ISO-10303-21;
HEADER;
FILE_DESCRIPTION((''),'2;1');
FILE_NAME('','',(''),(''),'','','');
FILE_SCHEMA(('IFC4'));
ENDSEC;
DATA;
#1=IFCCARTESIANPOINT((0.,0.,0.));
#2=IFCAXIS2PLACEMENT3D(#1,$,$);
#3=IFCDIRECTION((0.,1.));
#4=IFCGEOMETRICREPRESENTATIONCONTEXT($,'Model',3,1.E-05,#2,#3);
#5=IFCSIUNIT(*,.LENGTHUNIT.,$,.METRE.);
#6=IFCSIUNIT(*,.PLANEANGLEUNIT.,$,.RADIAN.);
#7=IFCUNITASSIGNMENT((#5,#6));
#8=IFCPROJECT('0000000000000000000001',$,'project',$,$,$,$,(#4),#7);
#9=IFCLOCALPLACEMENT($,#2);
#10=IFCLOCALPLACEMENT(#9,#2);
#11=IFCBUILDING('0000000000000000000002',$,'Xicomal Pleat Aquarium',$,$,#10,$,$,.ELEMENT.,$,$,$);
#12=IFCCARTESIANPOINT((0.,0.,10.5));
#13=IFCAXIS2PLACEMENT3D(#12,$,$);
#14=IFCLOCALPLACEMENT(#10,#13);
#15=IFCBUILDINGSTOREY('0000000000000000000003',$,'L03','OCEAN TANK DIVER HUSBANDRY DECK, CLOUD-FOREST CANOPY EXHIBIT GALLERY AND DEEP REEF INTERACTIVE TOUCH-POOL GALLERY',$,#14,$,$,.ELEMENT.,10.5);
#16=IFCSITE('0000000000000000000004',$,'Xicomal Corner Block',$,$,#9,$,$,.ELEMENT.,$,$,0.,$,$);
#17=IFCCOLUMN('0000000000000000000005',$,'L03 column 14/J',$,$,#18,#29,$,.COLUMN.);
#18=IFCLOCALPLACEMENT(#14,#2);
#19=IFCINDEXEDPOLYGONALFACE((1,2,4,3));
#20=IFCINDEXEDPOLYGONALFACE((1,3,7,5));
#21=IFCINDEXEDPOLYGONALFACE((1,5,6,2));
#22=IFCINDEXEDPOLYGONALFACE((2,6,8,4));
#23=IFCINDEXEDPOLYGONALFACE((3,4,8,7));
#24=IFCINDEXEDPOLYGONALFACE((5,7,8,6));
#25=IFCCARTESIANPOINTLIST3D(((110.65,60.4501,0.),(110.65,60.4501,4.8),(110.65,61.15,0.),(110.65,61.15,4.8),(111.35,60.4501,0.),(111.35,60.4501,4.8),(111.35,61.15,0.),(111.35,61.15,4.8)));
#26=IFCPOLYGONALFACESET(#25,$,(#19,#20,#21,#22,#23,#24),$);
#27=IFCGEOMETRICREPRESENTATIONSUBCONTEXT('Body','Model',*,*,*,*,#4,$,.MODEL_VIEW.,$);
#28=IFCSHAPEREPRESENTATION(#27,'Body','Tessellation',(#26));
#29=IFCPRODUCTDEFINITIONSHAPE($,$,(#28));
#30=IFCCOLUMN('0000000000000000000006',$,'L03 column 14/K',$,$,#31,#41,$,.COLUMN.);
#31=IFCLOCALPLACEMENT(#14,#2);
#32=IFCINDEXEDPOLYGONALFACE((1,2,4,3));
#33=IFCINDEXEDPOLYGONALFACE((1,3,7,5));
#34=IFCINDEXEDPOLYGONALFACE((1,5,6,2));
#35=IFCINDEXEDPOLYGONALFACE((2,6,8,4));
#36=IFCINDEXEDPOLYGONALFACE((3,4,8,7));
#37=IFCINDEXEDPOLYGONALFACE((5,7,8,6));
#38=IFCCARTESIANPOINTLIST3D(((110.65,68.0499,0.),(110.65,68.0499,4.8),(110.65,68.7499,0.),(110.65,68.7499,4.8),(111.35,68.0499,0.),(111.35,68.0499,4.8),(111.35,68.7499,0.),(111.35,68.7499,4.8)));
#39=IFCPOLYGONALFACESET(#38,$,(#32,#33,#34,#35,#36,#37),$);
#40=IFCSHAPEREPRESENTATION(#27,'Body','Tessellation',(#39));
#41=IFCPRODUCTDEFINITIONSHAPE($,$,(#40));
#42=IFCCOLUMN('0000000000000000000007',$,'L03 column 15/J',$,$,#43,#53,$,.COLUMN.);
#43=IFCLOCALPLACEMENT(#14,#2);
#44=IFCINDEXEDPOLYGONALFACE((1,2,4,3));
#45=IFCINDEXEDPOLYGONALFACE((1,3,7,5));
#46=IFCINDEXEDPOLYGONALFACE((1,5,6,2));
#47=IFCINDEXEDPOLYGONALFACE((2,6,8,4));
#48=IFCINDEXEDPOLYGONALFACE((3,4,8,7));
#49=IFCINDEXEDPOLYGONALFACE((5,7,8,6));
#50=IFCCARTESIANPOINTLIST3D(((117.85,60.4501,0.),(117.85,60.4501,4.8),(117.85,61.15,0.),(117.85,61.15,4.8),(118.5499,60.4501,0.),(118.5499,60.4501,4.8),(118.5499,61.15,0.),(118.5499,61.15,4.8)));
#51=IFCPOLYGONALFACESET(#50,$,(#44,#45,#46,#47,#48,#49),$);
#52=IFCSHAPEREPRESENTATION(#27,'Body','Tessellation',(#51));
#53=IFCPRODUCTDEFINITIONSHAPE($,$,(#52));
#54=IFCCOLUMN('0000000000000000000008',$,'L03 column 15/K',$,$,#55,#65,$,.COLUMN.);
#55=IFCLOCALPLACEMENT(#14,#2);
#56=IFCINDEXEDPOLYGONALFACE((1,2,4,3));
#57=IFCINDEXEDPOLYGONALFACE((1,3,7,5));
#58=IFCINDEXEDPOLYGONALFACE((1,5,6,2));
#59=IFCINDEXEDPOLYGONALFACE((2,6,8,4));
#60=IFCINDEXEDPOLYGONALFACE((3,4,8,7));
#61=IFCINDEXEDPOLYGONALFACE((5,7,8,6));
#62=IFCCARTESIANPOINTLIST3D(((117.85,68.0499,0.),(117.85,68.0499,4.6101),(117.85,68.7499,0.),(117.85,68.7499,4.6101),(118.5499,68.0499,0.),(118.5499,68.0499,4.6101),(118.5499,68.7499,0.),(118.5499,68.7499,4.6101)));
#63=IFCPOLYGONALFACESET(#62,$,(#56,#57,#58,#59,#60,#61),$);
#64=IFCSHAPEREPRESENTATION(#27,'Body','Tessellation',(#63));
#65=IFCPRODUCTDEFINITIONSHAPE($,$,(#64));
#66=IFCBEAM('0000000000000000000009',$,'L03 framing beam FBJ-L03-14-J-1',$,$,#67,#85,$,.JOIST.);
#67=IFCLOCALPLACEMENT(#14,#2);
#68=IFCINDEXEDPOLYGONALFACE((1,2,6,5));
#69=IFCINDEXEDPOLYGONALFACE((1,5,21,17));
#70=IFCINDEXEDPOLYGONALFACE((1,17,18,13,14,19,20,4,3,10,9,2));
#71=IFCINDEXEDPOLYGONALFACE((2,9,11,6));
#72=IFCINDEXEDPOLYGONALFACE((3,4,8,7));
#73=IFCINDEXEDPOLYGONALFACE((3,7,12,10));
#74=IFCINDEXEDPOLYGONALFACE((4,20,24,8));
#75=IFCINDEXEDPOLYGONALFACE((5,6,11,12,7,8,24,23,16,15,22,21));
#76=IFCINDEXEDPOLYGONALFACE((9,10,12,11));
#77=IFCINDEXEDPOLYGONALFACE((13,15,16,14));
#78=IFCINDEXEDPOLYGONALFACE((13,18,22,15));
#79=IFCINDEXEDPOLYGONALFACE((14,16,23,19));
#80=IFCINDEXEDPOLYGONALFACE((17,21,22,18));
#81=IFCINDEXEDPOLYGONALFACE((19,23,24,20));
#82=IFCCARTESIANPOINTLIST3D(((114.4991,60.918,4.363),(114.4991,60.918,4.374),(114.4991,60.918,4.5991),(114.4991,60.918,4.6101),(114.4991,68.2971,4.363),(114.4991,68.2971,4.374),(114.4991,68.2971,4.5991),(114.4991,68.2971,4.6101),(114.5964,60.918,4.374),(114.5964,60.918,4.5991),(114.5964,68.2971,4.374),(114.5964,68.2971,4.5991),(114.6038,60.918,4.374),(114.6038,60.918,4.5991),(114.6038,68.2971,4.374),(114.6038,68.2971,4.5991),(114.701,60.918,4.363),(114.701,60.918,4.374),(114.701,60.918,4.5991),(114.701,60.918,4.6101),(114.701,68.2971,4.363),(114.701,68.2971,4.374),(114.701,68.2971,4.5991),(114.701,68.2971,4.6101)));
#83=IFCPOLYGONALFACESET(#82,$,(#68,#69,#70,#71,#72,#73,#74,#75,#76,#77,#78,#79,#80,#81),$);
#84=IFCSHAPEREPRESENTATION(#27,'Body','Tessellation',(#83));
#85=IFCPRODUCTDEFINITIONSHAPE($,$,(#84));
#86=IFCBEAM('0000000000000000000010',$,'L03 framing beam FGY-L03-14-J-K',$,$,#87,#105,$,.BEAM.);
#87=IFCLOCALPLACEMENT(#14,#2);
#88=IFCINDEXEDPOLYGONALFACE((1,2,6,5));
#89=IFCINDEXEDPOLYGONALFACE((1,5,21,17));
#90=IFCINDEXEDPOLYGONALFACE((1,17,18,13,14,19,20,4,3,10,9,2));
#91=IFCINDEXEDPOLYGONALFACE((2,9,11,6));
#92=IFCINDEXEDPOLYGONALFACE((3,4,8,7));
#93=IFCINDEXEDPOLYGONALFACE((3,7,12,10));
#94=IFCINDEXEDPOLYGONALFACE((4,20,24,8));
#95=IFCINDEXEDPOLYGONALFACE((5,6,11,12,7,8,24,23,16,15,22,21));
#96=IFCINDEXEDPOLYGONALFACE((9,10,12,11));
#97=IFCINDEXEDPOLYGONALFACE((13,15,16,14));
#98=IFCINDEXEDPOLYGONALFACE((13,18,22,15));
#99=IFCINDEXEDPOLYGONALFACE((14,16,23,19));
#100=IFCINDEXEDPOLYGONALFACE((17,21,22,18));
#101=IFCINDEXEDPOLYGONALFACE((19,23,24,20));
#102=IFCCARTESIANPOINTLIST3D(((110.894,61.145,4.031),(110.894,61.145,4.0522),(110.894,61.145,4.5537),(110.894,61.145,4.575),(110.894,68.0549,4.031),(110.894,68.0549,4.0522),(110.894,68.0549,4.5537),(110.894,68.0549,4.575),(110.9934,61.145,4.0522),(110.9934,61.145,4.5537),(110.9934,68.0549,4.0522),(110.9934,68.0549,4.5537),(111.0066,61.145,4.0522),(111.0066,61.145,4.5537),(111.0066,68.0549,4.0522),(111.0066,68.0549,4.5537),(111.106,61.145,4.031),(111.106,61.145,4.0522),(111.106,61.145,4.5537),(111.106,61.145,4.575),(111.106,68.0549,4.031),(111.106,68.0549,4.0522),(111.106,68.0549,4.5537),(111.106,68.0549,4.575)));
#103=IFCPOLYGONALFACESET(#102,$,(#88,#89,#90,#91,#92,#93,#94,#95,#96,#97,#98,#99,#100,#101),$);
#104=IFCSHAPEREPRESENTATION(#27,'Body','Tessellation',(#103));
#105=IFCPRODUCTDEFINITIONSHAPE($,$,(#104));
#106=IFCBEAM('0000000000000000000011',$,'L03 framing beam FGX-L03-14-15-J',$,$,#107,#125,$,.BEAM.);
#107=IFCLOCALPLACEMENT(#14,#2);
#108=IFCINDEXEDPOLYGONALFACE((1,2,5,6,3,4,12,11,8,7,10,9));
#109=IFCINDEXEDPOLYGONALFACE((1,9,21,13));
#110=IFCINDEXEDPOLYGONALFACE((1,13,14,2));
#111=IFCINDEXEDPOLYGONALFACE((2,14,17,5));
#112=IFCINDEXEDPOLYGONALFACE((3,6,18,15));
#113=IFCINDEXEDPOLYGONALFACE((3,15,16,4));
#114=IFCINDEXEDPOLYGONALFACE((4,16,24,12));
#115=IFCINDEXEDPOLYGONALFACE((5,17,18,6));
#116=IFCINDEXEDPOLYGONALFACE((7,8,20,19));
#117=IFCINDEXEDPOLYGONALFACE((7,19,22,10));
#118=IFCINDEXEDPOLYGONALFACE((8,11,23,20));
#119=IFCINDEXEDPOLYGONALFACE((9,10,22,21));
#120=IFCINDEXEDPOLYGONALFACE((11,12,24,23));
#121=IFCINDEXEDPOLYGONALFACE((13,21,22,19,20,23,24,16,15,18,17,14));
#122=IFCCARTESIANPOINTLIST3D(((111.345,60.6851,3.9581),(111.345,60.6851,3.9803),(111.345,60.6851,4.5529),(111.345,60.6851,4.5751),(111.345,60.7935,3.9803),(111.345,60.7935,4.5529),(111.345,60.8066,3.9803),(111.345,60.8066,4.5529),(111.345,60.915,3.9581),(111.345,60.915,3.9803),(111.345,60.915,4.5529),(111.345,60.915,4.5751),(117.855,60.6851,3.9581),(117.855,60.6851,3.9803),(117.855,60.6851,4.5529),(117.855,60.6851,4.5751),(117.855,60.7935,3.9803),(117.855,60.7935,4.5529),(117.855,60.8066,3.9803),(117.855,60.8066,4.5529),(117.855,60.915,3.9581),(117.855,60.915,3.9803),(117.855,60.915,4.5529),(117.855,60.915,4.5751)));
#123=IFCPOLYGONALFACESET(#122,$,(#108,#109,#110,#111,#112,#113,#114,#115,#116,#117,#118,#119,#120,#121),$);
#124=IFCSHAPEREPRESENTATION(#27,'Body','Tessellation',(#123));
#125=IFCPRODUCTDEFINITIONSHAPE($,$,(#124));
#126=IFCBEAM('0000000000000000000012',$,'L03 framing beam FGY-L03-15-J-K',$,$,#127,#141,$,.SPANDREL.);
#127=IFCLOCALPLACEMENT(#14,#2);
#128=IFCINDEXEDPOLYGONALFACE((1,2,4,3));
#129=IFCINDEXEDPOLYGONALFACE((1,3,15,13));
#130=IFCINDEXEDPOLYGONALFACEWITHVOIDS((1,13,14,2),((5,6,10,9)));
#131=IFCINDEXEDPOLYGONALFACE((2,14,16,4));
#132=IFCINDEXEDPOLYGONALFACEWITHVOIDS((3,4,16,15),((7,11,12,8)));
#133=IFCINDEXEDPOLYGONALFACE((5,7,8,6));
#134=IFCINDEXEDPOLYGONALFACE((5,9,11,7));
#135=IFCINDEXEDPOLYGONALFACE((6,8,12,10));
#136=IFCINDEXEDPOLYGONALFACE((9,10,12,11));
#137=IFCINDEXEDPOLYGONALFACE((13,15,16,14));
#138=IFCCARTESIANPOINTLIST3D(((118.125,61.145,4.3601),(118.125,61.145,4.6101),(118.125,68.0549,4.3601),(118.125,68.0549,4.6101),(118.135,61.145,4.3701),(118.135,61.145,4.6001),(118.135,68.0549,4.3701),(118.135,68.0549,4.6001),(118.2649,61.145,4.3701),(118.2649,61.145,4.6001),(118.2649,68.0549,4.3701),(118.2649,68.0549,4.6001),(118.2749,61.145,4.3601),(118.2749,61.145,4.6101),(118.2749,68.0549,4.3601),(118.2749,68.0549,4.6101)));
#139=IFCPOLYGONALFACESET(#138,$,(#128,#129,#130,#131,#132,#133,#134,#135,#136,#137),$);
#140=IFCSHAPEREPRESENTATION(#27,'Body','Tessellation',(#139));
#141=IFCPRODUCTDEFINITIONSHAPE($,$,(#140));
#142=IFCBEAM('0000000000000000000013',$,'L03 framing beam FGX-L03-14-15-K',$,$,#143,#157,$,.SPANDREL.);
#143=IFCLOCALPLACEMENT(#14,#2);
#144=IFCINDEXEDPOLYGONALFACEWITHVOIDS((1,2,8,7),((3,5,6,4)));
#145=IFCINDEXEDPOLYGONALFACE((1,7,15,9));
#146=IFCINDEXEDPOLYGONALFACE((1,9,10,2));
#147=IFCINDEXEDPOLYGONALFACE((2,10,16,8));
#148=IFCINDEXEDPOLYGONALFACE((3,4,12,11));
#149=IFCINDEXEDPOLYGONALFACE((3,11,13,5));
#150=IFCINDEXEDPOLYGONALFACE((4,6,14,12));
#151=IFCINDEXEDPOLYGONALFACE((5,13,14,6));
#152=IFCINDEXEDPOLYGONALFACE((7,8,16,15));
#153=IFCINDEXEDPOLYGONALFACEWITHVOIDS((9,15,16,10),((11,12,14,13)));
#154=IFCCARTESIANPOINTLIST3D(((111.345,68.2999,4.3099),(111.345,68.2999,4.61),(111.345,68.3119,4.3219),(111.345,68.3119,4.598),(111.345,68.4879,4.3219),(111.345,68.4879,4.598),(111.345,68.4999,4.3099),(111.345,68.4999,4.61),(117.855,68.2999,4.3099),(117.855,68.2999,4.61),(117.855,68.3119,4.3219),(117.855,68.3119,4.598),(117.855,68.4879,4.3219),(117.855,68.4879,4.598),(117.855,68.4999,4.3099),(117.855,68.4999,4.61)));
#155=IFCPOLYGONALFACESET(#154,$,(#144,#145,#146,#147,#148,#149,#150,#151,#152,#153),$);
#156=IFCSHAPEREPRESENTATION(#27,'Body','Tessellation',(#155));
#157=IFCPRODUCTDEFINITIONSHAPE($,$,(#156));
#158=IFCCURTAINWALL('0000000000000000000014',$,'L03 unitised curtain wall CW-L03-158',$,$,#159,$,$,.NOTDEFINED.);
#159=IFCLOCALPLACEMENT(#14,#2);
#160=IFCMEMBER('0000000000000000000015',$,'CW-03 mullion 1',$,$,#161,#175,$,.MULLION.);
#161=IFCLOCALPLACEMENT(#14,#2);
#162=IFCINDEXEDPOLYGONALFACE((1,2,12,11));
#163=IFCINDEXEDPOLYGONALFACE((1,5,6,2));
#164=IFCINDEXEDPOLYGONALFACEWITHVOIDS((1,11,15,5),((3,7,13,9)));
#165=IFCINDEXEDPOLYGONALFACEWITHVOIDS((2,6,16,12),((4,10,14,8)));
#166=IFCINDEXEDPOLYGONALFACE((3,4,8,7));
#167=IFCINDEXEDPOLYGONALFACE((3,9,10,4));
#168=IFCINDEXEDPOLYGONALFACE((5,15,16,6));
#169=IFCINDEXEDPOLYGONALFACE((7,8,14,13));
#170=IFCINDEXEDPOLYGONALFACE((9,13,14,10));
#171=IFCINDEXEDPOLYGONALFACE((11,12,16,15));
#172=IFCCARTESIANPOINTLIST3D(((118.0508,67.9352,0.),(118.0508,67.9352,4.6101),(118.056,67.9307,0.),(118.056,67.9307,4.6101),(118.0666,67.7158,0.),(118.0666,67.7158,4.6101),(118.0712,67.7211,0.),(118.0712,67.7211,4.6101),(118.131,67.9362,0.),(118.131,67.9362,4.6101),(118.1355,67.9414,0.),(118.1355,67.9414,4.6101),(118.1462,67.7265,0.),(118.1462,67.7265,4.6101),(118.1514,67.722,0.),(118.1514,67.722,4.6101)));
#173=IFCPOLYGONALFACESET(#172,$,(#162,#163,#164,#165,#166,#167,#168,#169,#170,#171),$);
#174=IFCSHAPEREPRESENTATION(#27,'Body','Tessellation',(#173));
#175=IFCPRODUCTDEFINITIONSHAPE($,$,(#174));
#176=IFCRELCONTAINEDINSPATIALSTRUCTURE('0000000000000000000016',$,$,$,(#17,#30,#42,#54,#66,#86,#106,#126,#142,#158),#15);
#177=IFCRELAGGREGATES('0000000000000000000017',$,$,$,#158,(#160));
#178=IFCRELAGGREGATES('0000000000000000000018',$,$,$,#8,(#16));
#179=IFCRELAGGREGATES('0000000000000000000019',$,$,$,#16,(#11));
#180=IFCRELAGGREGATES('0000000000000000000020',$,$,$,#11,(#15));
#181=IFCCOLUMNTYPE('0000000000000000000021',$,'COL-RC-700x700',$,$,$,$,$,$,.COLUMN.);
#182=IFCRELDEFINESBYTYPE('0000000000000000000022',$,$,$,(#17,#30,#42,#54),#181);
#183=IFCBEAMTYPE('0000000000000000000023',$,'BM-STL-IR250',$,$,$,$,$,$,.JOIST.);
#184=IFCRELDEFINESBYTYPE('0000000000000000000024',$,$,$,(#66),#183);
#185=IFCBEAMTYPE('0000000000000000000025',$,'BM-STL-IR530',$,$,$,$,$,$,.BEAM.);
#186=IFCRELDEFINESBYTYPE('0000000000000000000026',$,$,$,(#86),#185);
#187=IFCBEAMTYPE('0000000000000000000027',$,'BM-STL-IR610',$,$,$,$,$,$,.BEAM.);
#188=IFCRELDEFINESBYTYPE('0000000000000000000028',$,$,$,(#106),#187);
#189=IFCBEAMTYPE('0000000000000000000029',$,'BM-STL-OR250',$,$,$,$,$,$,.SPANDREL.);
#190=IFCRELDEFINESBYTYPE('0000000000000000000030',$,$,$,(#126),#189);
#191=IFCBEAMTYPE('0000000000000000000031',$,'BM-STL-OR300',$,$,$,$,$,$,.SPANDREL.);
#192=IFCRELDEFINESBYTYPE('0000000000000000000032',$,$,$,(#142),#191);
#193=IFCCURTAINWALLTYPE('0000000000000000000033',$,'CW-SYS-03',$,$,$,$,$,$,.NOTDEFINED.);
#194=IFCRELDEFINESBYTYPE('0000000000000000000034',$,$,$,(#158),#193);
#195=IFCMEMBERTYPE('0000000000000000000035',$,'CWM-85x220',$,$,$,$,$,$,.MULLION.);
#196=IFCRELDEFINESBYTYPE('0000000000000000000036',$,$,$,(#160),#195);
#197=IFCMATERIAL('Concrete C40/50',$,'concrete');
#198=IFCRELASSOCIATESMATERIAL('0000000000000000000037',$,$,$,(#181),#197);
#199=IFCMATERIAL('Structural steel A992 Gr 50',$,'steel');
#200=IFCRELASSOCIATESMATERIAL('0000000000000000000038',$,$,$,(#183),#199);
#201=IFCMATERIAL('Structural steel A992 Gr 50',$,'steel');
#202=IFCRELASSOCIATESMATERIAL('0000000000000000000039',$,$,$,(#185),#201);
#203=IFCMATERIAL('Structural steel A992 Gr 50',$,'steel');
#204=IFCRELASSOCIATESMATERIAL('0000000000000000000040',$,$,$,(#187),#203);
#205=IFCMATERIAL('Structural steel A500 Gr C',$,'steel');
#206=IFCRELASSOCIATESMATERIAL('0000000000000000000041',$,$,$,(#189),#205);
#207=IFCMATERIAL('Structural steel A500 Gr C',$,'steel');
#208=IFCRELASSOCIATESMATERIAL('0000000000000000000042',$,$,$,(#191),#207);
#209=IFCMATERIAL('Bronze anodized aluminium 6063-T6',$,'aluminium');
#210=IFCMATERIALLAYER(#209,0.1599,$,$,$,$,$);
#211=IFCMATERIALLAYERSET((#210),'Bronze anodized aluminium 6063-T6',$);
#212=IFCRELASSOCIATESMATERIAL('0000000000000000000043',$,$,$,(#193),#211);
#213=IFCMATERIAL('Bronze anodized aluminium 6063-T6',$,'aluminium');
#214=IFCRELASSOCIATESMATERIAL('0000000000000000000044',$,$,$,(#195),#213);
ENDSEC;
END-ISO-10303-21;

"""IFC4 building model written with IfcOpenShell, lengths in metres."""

from ifc_helpers import new_model, si_unit, direction, frame, origin, origin_2d, place, context, subcontext, project, spatial, rectangle, hollow_rectangle, i_section, extrude, material, layer, layer_set, material_profile, profile_set, type_object, element, aggregate, save


model = new_model("IFC4")

# Units and contexts
model_context = context("Model", 3, precision=1e-05, world=origin(), true_north=direction((0.0, 1.0)))
body_context = subcontext(model_context, "Body", "Model", "MODEL_VIEW")
ifc_project = project(units=[si_unit("LENGTHUNIT", "METRE"), si_unit("PLANEANGLEUNIT", "RADIAN")], contexts=[model_context])

# Site, building, storey
site_placement = place(None, origin())
site = spatial("IfcSite", under=ifc_project, at=site_placement, Name="Xicomal Corner Block", CompositionType="ELEMENT", RefElevation=0.0)
building_placement = place(site_placement, origin())
building = spatial("IfcBuilding", under=site, at=building_placement, Name="Xicomal Pleat Aquarium", CompositionType="ELEMENT")
storey_placement = place(building_placement, frame((0.0, 0.0, 10.5)))
storey = spatial("IfcBuildingStorey", under=building, at=storey_placement, Name="L03", Description="OCEAN TANK DIVER HUSBANDRY DECK, CLOUD-FOREST CANOPY EXHIBIT GALLERY AND DEEP REEF INTERACTIVE TOUCH-POOL GALLERY", CompositionType="ELEMENT", Elevation=10.5)

# Columns
ifc_material_1 = material(Name="Concrete C40/50", Category="concrete")
ifc_material_profile_1 = material_profile(ifc_material_1, rectangle(XDim=0.7, YDim=0.7, at=origin_2d()), Name="RC 700x700")
ifc_profile_set_1 = profile_set([ifc_material_profile_1], Name="Concrete C40/50")
column_type = type_object("IfcColumnType", Name="COL-RC-700x700", PredefinedType="COLUMN", material=ifc_profile_set_1)
for number, where, z_axis, x_axis, name in (
    (1, (111.0, 60.8, 0.0), (0.0, 0.0, 1.0), (1.0, 0.0, 0.0), "L03 column 14/J"),
    (2, (111.0, 68.3999, 0.0), (0.0, 0.0, 1.0), (1.0, 0.0, 0.0), "L03 column 14/K"),
    (3, (118.2, 60.8, 0.0), (0.0, 0.0, 1.0), (1.0, 0.0, 0.0), "L03 column 15/J"),
):
    element("IfcColumn", number, at=place(storey_placement, frame(where, z_axis=z_axis, x_axis=x_axis)), inside=storey, type_object=column_type, Name=name, PredefinedType="COLUMN", context=body_context, shape_type="SweptSolid", body=[
        extrude(rectangle(XDim=0.7, YDim=0.7, at=origin_2d()), origin(), (0.0, 0.0, 1.0), 4.8),
    ])
column_placement = place(storey_placement, frame((118.2, 68.3999, 0.0), z_axis=(0.0, 0.0, 1.0), x_axis=(1.0, 0.0, 0.0)))
element("IfcColumn", 4, at=column_placement, inside=storey, type_object=column_type, Name="L03 column 15/K", PredefinedType="COLUMN", context=body_context, shape_type="SweptSolid", body=[
    extrude(rectangle(XDim=0.7, YDim=0.7, at=origin_2d()), origin(), (0.0, 0.0, 1.0), 4.6101),
])

# Beams
ifc_material_2 = material(Name="Structural steel A992 Gr 50", Category="steel")
ifc_material_profile_2 = material_profile(ifc_material_2, i_section(OverallWidth=0.2019, OverallDepth=0.2471, WebThickness=0.0073, FlangeThickness=0.011, at=origin_2d()), Name="IR 250x49")
ifc_profile_set_2 = profile_set([ifc_material_profile_2], Name="Structural steel A992 Gr 50")
beam_type_1 = type_object("IfcBeamType", Name="BM-STL-IR250", PredefinedType="JOIST", material=ifc_profile_set_2)
beam_1_placement = place(storey_placement, frame((114.6001, 60.918, 4.4866), z_axis=(0.0, 1.0, 0.0), x_axis=(-1.0, 0.0, 0.0)))
element("IfcBeam", 5, at=beam_1_placement, inside=storey, type_object=beam_type_1, Name="L03 framing beam FBJ-L03-14-J-1", PredefinedType="JOIST", context=body_context, shape_type="SweptSolid", body=[
    extrude(i_section(OverallWidth=0.2019, OverallDepth=0.2471, WebThickness=0.0073, FlangeThickness=0.011, at=origin_2d()), origin(), (0.0, 0.0, 1.0), 7.3792),
])
ifc_material_3 = material(Name="Structural steel A992 Gr 50", Category="steel")
ifc_material_profile_3 = material_profile(ifc_material_3, i_section(OverallWidth=0.2119, OverallDepth=0.5439, WebThickness=0.0132, FlangeThickness=0.0212, at=origin_2d()), Name="IR 530x123")
ifc_profile_set_3 = profile_set([ifc_material_profile_3], Name="Structural steel A992 Gr 50")
beam_type_2 = type_object("IfcBeamType", Name="BM-STL-IR530", PredefinedType="BEAM", material=ifc_profile_set_3)
beam_2_placement = place(storey_placement, frame((111.0, 61.145, 4.303), z_axis=(0.0, 1.0, 0.0), x_axis=(-1.0, 0.0, 0.0)))
element("IfcBeam", 6, at=beam_2_placement, inside=storey, type_object=beam_type_2, Name="L03 framing beam FGY-L03-14-J-K", PredefinedType="BEAM", context=body_context, shape_type="SweptSolid", body=[
    extrude(i_section(OverallWidth=0.2119, OverallDepth=0.5439, WebThickness=0.0132, FlangeThickness=0.0212, at=origin_2d()), origin(), (0.0, 0.0, 1.0), 6.9099),
])
ifc_material_4 = material(Name="Structural steel A992 Gr 50", Category="steel")
ifc_material_profile_4 = material_profile(ifc_material_4, i_section(OverallWidth=0.23, OverallDepth=0.6169, WebThickness=0.0132, FlangeThickness=0.0222, at=origin_2d()), Name="IR 610x140")
ifc_profile_set_4 = profile_set([ifc_material_profile_4], Name="Structural steel A992 Gr 50")
beam_type_3 = type_object("IfcBeamType", Name="BM-STL-IR610", PredefinedType="BEAM", material=ifc_profile_set_4)
beam_3_placement = place(storey_placement, frame((111.345, 60.8, 4.2666), z_axis=(1.0, 0.0, 0.0), x_axis=(0.0, 1.0, 0.0)))
element("IfcBeam", 7, at=beam_3_placement, inside=storey, type_object=beam_type_3, Name="L03 framing beam FGX-L03-14-15-J", PredefinedType="BEAM", context=body_context, shape_type="SweptSolid", body=[
    extrude(i_section(OverallWidth=0.23, OverallDepth=0.6169, WebThickness=0.0132, FlangeThickness=0.0222, at=origin_2d()), origin(), (0.0, 0.0, 1.0), 6.51),
])
ifc_material_5 = material(Name="Structural steel A500 Gr C", Category="steel")
ifc_material_profile_5 = material_profile(ifc_material_5, hollow_rectangle(XDim=0.1499, YDim=0.25, WallThickness=0.01, at=origin_2d()), Name="OR 250x150x10")
ifc_profile_set_5 = profile_set([ifc_material_profile_5], Name="Structural steel A500 Gr C")
beam_type_4 = type_object("IfcBeamType", Name="BM-STL-OR250", PredefinedType="SPANDREL", material=ifc_profile_set_5)
beam_4_placement = place(storey_placement, frame((118.2, 61.145, 4.4851), z_axis=(0.0, 1.0, 0.0), x_axis=(-1.0, 0.0, 0.0)))
element("IfcBeam", 8, at=beam_4_placement, inside=storey, type_object=beam_type_4, Name="L03 framing beam FGY-L03-15-J-K", PredefinedType="SPANDREL", context=body_context, shape_type="SweptSolid", body=[
    extrude(hollow_rectangle(XDim=0.1499, YDim=0.25, WallThickness=0.01, at=origin_2d()), origin(), (0.0, 0.0, 1.0), 6.9099),
])
ifc_material_6 = material(Name="Structural steel A500 Gr C", Category="steel")
ifc_material_profile_6 = material_profile(ifc_material_6, hollow_rectangle(XDim=0.2, YDim=0.3, WallThickness=0.012, at=origin_2d()), Name="OR 300x200x12")
ifc_profile_set_6 = profile_set([ifc_material_profile_6], Name="Structural steel A500 Gr C")
beam_type_5 = type_object("IfcBeamType", Name="BM-STL-OR300", PredefinedType="SPANDREL", material=ifc_profile_set_6)
beam_5_placement = place(storey_placement, frame((111.345, 68.3999, 4.46), z_axis=(1.0, 0.0, 0.0), x_axis=(0.0, 1.0, 0.0)))
element("IfcBeam", 9, at=beam_5_placement, inside=storey, type_object=beam_type_5, Name="L03 framing beam FGX-L03-14-15-K", PredefinedType="SPANDREL", context=body_context, shape_type="SweptSolid", body=[
    extrude(hollow_rectangle(XDim=0.2, YDim=0.3, WallThickness=0.012, at=origin_2d()), origin(), (0.0, 0.0, 1.0), 6.51),
])

# Curtain wall, member
ifc_material_7 = material(Name="Bronze anodized aluminium 6063-T6", Category="aluminium")
ifc_layer_1 = layer(ifc_material_7, 0.1599)
ifc_layer_set_1 = layer_set([ifc_layer_1], Name="Bronze anodized aluminium 6063-T6")
curtain_wall_type = type_object("IfcCurtainWallType", Name="CW-SYS-03", PredefinedType="NOTDEFINED", material=ifc_layer_set_1)
curtain_wall_placement = place(storey_placement, origin())
curtain_wall = element("IfcCurtainWall", 10, at=curtain_wall_placement, inside=storey, type_object=curtain_wall_type, Name="L03 unitised curtain wall CW-L03-158", PredefinedType="NOTDEFINED")
ifc_material_8 = material(Name="Bronze anodized aluminium 6063-T6", Category="aluminium")
ifc_material_profile_7 = material_profile(ifc_material_8, hollow_rectangle(XDim=0.085, YDim=0.22, WallThickness=0.0049, at=origin_2d()), Name="ALU MULL 85x220")
ifc_profile_set_7 = profile_set([ifc_material_profile_7], Name="Bronze anodized aluminium 6063-T6")
member_type_1 = type_object("IfcMemberType", Name="CWM-85x220", PredefinedType="MULLION", material=ifc_profile_set_7)
member_1_placement = place(storey_placement, frame((118.1011, 67.8286, 0.0), z_axis=(0.0, 0.0, 1.0), x_axis=(0.997392, 0.072171, 0.0)))
member_1 = element("IfcMember", 11, at=member_1_placement, type_object=member_type_1, Name="CW-03 mullion 1", PredefinedType="MULLION", context=body_context, shape_type="SweptSolid", body=[
    extrude(hollow_rectangle(XDim=0.085, YDim=0.22, WallThickness=0.0049, at=origin_2d()), origin(), (0.0, 0.0, 1.0), 4.6101),
])
aggregate(curtain_wall, [member_1])

save(model, "model.ifc")
